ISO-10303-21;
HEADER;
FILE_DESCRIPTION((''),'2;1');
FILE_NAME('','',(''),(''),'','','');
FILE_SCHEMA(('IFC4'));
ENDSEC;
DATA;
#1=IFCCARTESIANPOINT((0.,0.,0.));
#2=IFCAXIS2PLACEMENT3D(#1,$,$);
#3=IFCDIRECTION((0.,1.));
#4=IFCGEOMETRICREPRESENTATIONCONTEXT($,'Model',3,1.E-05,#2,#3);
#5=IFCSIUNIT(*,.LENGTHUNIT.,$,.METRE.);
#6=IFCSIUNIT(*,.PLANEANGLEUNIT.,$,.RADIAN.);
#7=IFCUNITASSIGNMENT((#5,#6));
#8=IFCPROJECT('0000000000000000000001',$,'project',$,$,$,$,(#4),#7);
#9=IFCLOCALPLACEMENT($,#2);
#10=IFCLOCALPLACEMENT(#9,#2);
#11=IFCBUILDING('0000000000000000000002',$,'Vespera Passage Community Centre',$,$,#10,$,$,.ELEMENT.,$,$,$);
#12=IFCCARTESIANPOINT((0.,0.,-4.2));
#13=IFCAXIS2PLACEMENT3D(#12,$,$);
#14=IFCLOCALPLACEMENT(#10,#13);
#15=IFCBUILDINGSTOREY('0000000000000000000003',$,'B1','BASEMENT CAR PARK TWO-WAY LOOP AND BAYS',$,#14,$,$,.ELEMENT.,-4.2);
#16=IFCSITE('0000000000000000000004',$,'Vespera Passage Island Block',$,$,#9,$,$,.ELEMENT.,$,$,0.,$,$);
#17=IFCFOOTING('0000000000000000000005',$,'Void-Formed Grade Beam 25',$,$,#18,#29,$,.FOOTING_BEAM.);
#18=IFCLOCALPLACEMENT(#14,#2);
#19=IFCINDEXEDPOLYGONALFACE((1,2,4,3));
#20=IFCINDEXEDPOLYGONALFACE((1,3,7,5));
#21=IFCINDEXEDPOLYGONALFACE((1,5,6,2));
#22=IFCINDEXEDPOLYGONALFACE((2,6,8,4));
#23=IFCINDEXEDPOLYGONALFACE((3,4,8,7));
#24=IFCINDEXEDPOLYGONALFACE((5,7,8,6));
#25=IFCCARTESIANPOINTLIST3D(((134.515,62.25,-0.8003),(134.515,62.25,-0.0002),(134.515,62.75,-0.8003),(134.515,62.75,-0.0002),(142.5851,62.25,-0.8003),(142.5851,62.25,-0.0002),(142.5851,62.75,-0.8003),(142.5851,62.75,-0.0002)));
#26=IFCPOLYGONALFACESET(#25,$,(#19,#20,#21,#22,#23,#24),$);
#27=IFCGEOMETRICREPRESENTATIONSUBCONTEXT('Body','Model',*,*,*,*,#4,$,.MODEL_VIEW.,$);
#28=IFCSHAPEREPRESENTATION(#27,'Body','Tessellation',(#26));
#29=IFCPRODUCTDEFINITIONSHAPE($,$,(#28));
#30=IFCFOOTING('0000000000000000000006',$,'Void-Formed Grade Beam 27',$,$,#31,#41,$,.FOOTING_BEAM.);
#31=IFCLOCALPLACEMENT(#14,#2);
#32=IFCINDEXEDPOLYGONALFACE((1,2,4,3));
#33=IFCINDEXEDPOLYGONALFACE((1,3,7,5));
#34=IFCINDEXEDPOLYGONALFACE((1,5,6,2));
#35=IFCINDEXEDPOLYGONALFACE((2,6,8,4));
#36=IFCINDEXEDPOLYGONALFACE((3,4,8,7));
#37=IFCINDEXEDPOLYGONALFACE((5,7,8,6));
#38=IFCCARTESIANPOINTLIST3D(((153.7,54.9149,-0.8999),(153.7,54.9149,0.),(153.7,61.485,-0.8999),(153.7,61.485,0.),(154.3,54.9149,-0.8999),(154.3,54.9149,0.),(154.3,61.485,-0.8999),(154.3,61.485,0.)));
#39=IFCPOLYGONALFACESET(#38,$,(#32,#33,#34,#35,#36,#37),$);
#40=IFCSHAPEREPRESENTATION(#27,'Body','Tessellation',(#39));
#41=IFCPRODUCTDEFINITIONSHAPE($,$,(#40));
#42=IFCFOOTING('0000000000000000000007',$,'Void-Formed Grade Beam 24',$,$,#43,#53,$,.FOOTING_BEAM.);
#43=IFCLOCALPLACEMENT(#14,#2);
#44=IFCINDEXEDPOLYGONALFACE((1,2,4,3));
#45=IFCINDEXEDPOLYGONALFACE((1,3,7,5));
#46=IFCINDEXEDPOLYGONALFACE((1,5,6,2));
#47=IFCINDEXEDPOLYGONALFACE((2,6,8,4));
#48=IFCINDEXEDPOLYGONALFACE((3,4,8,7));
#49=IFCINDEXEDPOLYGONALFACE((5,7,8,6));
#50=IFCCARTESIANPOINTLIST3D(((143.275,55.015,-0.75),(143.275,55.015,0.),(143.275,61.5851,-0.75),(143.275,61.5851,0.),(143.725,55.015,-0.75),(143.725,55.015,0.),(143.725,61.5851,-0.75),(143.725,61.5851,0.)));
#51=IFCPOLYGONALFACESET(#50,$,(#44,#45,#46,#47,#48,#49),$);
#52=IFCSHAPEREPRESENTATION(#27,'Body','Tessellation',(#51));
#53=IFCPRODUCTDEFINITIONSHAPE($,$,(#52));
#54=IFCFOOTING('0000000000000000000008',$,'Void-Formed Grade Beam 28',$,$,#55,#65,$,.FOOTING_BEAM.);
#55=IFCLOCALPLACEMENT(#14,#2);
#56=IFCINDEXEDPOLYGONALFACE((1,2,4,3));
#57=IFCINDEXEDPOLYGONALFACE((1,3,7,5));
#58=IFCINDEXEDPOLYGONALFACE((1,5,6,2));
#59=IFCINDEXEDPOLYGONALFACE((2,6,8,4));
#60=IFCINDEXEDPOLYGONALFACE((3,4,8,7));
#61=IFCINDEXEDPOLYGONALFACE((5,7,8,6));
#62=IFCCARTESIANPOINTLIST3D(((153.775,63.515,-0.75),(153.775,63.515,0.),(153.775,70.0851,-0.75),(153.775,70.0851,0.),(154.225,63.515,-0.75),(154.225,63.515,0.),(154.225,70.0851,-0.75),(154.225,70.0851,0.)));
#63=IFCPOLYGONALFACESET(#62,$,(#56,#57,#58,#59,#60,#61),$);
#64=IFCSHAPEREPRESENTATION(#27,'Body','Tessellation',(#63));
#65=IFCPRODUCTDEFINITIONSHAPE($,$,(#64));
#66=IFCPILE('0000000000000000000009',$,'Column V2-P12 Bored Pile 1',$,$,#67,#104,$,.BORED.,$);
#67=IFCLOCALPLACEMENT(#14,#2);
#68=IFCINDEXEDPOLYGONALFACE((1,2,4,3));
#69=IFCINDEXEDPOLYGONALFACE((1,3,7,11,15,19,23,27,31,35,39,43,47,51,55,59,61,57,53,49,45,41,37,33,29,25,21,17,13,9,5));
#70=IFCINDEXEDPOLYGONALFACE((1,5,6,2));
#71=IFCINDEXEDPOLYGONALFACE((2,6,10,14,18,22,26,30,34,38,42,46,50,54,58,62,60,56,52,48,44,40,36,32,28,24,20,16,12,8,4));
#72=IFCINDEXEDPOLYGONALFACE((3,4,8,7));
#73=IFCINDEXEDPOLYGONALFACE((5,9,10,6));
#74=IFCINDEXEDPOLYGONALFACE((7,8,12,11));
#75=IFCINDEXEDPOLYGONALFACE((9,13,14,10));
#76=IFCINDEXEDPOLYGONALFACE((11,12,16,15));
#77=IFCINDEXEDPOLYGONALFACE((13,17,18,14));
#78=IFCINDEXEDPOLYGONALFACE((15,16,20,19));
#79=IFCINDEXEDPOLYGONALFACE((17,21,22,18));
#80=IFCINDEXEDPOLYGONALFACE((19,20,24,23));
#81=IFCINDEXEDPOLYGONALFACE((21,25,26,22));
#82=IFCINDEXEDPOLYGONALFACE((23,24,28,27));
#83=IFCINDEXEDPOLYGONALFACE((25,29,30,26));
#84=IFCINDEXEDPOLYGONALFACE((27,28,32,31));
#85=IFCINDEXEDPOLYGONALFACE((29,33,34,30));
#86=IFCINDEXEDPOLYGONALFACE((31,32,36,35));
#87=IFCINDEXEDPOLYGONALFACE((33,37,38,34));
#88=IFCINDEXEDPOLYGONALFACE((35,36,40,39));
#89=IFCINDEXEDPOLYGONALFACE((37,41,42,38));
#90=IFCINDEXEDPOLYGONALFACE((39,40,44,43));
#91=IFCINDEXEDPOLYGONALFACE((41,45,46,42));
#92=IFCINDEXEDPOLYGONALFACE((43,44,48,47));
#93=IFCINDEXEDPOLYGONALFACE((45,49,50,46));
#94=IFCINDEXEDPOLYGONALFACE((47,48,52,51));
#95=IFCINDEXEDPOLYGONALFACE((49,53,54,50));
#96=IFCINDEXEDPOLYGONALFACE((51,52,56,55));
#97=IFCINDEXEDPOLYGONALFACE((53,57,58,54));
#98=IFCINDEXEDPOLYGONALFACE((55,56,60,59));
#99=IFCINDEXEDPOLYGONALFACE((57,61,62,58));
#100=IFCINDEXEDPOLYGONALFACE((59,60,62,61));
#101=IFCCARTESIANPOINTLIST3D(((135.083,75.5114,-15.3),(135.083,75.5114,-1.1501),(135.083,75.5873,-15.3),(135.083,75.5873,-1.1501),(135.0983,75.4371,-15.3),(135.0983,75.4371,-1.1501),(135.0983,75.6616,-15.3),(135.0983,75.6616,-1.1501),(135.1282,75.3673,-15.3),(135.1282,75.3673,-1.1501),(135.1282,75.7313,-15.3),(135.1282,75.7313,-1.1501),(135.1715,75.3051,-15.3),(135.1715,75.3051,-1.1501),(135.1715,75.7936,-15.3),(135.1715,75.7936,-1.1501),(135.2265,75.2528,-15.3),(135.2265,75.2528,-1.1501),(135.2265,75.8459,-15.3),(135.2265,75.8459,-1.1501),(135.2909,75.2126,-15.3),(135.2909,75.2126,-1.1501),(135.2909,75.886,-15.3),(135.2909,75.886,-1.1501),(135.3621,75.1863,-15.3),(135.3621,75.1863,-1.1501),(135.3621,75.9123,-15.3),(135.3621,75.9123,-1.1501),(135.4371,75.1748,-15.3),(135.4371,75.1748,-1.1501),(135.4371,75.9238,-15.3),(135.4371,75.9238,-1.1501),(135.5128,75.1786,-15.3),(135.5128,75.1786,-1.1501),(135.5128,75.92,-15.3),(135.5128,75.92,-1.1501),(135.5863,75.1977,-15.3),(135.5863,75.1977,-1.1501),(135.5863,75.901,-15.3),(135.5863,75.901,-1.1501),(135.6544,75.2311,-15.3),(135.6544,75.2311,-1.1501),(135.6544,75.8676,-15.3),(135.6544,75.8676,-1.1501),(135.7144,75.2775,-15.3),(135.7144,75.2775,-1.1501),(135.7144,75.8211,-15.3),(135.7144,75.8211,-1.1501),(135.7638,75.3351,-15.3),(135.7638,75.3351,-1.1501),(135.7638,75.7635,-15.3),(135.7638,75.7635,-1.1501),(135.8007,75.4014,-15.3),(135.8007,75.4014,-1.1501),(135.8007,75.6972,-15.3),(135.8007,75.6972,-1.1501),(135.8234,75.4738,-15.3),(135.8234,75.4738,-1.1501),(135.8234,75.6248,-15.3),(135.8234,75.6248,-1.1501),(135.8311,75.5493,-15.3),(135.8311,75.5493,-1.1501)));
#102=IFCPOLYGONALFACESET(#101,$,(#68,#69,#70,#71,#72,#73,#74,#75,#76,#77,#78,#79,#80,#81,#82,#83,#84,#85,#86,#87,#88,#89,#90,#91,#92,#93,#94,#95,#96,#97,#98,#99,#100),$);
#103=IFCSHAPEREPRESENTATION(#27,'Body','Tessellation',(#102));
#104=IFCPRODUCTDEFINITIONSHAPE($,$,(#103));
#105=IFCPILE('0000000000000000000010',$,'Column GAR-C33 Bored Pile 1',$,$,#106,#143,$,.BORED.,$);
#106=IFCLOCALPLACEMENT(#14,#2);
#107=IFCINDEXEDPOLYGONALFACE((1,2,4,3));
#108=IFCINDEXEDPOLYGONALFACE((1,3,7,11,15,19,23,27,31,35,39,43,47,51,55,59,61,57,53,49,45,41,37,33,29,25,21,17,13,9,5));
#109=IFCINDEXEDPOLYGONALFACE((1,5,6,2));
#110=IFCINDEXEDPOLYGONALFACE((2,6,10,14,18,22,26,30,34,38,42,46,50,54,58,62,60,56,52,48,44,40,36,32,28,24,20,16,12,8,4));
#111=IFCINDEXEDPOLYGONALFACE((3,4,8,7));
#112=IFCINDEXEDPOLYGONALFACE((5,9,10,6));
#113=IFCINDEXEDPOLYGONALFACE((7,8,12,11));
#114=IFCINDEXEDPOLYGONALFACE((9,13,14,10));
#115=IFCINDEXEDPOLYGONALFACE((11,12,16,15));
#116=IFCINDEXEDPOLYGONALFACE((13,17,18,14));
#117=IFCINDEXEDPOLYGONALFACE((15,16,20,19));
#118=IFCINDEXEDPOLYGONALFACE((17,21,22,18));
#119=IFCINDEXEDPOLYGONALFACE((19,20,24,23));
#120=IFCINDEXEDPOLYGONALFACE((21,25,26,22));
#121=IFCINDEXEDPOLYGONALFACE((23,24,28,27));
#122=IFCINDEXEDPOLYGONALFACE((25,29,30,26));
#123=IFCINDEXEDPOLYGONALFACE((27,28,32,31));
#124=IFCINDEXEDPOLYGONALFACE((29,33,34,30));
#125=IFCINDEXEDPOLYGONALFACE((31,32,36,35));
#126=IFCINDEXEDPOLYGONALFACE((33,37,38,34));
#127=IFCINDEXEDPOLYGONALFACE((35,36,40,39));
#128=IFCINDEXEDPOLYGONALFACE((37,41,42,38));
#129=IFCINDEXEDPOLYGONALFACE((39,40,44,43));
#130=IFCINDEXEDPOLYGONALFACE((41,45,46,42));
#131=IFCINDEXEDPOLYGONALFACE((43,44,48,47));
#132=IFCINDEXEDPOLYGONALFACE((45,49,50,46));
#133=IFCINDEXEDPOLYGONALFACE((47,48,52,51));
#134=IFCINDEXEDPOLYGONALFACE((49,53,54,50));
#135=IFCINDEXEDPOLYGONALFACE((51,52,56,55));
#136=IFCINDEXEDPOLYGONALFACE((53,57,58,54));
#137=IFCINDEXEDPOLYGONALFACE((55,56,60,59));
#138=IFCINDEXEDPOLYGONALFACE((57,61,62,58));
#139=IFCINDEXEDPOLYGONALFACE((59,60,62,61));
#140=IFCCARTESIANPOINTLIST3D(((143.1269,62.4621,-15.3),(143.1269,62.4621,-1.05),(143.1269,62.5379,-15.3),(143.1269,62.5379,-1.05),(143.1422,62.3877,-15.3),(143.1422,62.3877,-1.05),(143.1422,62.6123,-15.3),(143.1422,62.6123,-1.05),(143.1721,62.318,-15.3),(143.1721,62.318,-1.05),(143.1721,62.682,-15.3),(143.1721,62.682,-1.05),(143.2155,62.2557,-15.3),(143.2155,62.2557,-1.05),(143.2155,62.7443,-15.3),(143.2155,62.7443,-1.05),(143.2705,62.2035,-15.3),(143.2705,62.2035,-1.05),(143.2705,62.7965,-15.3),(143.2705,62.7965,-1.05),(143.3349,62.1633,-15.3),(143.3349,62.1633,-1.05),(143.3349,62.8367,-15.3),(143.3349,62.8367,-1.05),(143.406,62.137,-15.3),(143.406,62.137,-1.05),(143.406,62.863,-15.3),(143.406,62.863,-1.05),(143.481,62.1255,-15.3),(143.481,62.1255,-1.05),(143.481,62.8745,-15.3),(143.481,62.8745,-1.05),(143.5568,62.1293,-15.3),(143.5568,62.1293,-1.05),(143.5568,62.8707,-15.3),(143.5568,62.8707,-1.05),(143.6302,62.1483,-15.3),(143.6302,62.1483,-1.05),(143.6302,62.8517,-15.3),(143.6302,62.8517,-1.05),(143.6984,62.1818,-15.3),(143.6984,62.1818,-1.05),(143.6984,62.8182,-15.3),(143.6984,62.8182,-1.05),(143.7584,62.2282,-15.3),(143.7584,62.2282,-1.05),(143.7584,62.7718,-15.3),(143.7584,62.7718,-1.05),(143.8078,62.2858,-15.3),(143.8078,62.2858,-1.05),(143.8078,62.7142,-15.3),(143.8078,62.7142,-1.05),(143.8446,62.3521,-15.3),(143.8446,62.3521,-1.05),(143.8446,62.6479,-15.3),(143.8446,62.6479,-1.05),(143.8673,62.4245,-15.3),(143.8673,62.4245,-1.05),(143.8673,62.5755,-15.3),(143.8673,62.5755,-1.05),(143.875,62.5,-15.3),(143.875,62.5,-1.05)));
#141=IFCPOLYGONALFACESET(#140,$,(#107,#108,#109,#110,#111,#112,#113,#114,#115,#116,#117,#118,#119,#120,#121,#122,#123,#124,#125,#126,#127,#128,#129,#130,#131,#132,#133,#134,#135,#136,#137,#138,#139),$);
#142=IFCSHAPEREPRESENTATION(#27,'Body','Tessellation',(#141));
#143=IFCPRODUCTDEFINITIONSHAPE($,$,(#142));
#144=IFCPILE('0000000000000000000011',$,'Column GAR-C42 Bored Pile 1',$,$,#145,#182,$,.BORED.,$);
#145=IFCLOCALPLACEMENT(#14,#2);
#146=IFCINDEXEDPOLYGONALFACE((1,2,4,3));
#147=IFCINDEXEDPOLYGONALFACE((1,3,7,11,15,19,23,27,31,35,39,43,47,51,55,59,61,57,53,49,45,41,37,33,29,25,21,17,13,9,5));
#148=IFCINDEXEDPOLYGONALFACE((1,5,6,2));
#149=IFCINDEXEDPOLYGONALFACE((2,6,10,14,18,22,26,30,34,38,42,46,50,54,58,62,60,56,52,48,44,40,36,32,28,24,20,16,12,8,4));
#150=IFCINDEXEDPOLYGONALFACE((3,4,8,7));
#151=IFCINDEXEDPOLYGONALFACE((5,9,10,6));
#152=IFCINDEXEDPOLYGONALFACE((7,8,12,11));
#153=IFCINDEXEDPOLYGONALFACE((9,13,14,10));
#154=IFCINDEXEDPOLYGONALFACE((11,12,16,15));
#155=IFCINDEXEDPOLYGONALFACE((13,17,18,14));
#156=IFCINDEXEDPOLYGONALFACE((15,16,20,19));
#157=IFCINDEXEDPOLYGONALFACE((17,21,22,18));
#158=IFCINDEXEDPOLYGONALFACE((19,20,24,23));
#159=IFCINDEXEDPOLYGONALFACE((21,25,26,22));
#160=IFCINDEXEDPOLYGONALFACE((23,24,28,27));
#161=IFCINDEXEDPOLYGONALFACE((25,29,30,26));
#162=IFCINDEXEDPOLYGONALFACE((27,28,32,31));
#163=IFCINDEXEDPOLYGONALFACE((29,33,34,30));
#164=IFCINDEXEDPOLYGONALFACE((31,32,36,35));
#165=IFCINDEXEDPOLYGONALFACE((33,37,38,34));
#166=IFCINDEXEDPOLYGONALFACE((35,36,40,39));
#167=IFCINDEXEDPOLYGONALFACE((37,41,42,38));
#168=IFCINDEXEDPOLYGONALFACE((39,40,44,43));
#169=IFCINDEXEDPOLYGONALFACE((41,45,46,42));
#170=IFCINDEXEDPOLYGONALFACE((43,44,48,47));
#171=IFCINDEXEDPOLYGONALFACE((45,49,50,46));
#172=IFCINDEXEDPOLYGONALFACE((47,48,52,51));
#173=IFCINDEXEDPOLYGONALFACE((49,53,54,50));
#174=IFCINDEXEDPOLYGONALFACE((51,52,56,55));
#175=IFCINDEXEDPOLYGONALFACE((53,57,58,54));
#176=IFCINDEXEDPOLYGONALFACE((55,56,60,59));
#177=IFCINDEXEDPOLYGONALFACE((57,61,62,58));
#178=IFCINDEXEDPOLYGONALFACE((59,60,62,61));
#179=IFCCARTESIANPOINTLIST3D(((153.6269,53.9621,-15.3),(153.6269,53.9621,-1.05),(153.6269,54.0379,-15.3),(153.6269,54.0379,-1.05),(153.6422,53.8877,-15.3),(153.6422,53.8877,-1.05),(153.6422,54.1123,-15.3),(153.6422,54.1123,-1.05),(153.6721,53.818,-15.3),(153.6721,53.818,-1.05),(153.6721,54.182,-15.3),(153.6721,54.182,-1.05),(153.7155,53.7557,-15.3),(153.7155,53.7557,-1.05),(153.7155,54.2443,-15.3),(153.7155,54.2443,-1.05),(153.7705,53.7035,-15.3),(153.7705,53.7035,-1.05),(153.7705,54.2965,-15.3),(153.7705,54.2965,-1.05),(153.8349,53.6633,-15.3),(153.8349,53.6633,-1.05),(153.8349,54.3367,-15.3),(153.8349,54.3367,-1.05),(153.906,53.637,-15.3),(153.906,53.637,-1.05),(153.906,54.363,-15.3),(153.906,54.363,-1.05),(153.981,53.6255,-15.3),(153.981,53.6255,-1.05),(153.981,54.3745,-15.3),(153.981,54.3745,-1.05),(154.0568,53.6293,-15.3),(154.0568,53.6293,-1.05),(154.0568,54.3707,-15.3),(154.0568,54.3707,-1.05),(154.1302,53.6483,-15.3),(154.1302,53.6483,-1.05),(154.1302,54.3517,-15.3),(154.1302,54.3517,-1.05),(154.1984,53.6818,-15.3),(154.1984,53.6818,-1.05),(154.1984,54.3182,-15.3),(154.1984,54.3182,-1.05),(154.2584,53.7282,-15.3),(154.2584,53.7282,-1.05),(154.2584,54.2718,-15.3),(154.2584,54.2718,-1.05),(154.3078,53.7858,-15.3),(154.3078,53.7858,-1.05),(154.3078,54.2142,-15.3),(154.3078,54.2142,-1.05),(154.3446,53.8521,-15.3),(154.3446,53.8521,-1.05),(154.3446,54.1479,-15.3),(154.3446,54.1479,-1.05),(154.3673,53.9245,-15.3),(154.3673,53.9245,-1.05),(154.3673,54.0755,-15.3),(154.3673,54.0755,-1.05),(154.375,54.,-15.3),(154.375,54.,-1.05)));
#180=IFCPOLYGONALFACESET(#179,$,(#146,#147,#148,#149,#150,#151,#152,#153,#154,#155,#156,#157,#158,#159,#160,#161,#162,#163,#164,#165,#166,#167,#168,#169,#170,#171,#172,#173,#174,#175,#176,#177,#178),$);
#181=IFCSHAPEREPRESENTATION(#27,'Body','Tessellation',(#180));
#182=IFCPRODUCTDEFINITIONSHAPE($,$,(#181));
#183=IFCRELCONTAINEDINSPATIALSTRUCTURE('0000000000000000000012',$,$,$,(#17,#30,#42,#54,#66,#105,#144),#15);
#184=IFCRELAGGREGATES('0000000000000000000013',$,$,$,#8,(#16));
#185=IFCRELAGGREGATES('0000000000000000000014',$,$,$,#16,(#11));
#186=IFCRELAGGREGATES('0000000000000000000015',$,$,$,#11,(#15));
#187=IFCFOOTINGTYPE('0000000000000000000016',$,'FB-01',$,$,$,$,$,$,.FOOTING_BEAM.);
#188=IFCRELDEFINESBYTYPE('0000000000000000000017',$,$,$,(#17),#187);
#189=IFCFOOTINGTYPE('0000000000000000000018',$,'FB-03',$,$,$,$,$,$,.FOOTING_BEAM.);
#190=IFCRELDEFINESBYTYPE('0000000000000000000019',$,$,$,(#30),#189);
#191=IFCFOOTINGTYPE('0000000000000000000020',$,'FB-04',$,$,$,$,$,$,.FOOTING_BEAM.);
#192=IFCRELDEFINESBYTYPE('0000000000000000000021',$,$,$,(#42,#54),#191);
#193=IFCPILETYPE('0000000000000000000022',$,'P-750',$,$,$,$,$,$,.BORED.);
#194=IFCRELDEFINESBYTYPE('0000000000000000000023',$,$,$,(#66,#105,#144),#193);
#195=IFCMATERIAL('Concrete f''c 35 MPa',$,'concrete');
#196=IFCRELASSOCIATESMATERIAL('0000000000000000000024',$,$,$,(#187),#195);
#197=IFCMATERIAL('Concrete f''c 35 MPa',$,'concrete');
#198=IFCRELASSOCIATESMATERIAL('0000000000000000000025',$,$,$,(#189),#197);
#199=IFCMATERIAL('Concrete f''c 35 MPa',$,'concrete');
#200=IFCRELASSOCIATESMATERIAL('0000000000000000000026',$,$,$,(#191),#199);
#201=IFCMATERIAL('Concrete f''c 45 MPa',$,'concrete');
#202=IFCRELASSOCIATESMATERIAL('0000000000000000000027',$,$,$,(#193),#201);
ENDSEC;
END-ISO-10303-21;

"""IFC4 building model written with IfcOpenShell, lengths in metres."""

from ifc_helpers import new_model, si_unit, direction, frame, origin, origin_2d, place, context, subcontext, project, spatial, rectangle, circle, extrude, material, material_profile, profile_set, type_object, element, save


model = new_model("IFC4")

# Units and contexts
model_context = context("Model", 3, precision=1e-05, world=origin(), true_north=direction((0.0, 1.0)))
body_context = subcontext(model_context, "Body", "Model", "MODEL_VIEW")
ifc_project = project(units=[si_unit("LENGTHUNIT", "METRE"), si_unit("PLANEANGLEUNIT", "RADIAN")], contexts=[model_context])

# Site, building, storey
site_placement = place(None, origin())
site = spatial("IfcSite", under=ifc_project, at=site_placement, Name="Vespera Passage Island Block", CompositionType="ELEMENT", RefElevation=0.0)
building_placement = place(site_placement, origin())
building = spatial("IfcBuilding", under=site, at=building_placement, Name="Vespera Passage Community Centre", CompositionType="ELEMENT")
storey_placement = place(building_placement, frame((0.0, 0.0, -4.2)))
storey = spatial("IfcBuildingStorey", under=building, at=storey_placement, Name="B1", Description="BASEMENT CAR PARK TWO-WAY LOOP AND BAYS", CompositionType="ELEMENT", Elevation=-4.2)

# Footings
ifc_material_1 = material(Name="Concrete f'c 35 MPa", Category="concrete")
footing_type_1 = type_object("IfcFootingType", Name="FB-01", PredefinedType="FOOTING_BEAM", material=ifc_material_1)
footing_1_placement = place(storey_placement, frame((138.55, 62.5, -0.8003), z_axis=(0.0, 0.0, 1.0), x_axis=(-1.0, 0.0, 0.0)))
element("IfcFooting", 1, at=footing_1_placement, inside=storey, type_object=footing_type_1, Name="Void-Formed Grade Beam 25", PredefinedType="FOOTING_BEAM", context=body_context, shape_type="SweptSolid", body=[
    extrude(rectangle(XDim=8.0701, YDim=0.5, at=origin_2d()), origin(), (0.0, 0.0, 1.0), 0.8),
])
ifc_material_2 = material(Name="Concrete f'c 35 MPa", Category="concrete")
footing_type_2 = type_object("IfcFootingType", Name="FB-03", PredefinedType="FOOTING_BEAM", material=ifc_material_2)
footing_2_placement = place(storey_placement, frame((154.0, 58.2, -0.8999), z_axis=(0.0, 0.0, 1.0), x_axis=(0.0, 1.0, 0.0)))
element("IfcFooting", 2, at=footing_2_placement, inside=storey, type_object=footing_type_2, Name="Void-Formed Grade Beam 27", PredefinedType="FOOTING_BEAM", context=body_context, shape_type="SweptSolid", body=[
    extrude(rectangle(XDim=6.5701, YDim=0.6001, at=origin_2d()), origin(), (0.0, 0.0, 1.0), 0.8999),
])
ifc_material_3 = material(Name="Concrete f'c 35 MPa", Category="concrete")
footing_type_3 = type_object("IfcFootingType", Name="FB-04", PredefinedType="FOOTING_BEAM", material=ifc_material_3)
for number, where, z_axis, x_axis, name in (
    (3, (143.5, 58.3, -0.75), (0.0, 0.0, 1.0), (0.0, 1.0, 0.0), "Void-Formed Grade Beam 24"),
    (4, (154.0, 66.8, -0.75), (0.0, 0.0, 1.0), (0.0, 1.0, 0.0), "Void-Formed Grade Beam 28"),
):
    element("IfcFooting", number, at=place(storey_placement, frame(where, z_axis=z_axis, x_axis=x_axis)), inside=storey, type_object=footing_type_3, Name=name, PredefinedType="FOOTING_BEAM", context=body_context, shape_type="SweptSolid", body=[
        extrude(rectangle(XDim=6.5701, YDim=0.45, at=origin_2d()), origin(), (0.0, 0.0, 1.0), 0.75),
    ])

# Piles
ifc_material_4 = material(Name="Concrete f'c 45 MPa", Category="concrete")
ifc_material_profile_1 = material_profile(ifc_material_4, circle(Radius=0.375, at=origin_2d()), Name="PILE750DIA")
ifc_profile_set_1 = profile_set([ifc_material_profile_1], Name="Concrete f'c 45 MPa")
pile_type_1 = type_object("IfcPileType", Name="P-750", PredefinedType="BORED", material=ifc_profile_set_1)
pile_placement = place(storey_placement, frame((135.4561, 75.5493, -1.1501), z_axis=(0.0, 0.0, -1.0), x_axis=(1.0, 0.0, 0.0)))
element("IfcPile", 5, at=pile_placement, inside=storey, type_object=pile_type_1, Name="Column V2-P12 Bored Pile 1", PredefinedType="BORED", context=body_context, shape_type="SweptSolid", body=[
    extrude(circle(Radius=0.375, at=origin_2d()), origin(), (0.0, 0.0, 1.0), 14.1499),
])
for number, where, z_axis, x_axis, name in (
    (6, (143.5, 62.5, -1.05), (0.0, 0.0, -1.0), (1.0, 0.0, 0.0), "Column GAR-C33 Bored Pile 1"),
    (7, (154.0, 54.0, -1.05), (0.0, 0.0, -1.0), (1.0, 0.0, 0.0), "Column GAR-C42 Bored Pile 1"),
):
    element("IfcPile", number, at=place(storey_placement, frame(where, z_axis=z_axis, x_axis=x_axis)), inside=storey, type_object=pile_type_1, Name=name, PredefinedType="BORED", context=body_context, shape_type="SweptSolid", body=[
        extrude(circle(Radius=0.375, at=origin_2d()), origin(), (0.0, 0.0, 1.0), 14.25),
    ])

save(model, "model.ifc")
